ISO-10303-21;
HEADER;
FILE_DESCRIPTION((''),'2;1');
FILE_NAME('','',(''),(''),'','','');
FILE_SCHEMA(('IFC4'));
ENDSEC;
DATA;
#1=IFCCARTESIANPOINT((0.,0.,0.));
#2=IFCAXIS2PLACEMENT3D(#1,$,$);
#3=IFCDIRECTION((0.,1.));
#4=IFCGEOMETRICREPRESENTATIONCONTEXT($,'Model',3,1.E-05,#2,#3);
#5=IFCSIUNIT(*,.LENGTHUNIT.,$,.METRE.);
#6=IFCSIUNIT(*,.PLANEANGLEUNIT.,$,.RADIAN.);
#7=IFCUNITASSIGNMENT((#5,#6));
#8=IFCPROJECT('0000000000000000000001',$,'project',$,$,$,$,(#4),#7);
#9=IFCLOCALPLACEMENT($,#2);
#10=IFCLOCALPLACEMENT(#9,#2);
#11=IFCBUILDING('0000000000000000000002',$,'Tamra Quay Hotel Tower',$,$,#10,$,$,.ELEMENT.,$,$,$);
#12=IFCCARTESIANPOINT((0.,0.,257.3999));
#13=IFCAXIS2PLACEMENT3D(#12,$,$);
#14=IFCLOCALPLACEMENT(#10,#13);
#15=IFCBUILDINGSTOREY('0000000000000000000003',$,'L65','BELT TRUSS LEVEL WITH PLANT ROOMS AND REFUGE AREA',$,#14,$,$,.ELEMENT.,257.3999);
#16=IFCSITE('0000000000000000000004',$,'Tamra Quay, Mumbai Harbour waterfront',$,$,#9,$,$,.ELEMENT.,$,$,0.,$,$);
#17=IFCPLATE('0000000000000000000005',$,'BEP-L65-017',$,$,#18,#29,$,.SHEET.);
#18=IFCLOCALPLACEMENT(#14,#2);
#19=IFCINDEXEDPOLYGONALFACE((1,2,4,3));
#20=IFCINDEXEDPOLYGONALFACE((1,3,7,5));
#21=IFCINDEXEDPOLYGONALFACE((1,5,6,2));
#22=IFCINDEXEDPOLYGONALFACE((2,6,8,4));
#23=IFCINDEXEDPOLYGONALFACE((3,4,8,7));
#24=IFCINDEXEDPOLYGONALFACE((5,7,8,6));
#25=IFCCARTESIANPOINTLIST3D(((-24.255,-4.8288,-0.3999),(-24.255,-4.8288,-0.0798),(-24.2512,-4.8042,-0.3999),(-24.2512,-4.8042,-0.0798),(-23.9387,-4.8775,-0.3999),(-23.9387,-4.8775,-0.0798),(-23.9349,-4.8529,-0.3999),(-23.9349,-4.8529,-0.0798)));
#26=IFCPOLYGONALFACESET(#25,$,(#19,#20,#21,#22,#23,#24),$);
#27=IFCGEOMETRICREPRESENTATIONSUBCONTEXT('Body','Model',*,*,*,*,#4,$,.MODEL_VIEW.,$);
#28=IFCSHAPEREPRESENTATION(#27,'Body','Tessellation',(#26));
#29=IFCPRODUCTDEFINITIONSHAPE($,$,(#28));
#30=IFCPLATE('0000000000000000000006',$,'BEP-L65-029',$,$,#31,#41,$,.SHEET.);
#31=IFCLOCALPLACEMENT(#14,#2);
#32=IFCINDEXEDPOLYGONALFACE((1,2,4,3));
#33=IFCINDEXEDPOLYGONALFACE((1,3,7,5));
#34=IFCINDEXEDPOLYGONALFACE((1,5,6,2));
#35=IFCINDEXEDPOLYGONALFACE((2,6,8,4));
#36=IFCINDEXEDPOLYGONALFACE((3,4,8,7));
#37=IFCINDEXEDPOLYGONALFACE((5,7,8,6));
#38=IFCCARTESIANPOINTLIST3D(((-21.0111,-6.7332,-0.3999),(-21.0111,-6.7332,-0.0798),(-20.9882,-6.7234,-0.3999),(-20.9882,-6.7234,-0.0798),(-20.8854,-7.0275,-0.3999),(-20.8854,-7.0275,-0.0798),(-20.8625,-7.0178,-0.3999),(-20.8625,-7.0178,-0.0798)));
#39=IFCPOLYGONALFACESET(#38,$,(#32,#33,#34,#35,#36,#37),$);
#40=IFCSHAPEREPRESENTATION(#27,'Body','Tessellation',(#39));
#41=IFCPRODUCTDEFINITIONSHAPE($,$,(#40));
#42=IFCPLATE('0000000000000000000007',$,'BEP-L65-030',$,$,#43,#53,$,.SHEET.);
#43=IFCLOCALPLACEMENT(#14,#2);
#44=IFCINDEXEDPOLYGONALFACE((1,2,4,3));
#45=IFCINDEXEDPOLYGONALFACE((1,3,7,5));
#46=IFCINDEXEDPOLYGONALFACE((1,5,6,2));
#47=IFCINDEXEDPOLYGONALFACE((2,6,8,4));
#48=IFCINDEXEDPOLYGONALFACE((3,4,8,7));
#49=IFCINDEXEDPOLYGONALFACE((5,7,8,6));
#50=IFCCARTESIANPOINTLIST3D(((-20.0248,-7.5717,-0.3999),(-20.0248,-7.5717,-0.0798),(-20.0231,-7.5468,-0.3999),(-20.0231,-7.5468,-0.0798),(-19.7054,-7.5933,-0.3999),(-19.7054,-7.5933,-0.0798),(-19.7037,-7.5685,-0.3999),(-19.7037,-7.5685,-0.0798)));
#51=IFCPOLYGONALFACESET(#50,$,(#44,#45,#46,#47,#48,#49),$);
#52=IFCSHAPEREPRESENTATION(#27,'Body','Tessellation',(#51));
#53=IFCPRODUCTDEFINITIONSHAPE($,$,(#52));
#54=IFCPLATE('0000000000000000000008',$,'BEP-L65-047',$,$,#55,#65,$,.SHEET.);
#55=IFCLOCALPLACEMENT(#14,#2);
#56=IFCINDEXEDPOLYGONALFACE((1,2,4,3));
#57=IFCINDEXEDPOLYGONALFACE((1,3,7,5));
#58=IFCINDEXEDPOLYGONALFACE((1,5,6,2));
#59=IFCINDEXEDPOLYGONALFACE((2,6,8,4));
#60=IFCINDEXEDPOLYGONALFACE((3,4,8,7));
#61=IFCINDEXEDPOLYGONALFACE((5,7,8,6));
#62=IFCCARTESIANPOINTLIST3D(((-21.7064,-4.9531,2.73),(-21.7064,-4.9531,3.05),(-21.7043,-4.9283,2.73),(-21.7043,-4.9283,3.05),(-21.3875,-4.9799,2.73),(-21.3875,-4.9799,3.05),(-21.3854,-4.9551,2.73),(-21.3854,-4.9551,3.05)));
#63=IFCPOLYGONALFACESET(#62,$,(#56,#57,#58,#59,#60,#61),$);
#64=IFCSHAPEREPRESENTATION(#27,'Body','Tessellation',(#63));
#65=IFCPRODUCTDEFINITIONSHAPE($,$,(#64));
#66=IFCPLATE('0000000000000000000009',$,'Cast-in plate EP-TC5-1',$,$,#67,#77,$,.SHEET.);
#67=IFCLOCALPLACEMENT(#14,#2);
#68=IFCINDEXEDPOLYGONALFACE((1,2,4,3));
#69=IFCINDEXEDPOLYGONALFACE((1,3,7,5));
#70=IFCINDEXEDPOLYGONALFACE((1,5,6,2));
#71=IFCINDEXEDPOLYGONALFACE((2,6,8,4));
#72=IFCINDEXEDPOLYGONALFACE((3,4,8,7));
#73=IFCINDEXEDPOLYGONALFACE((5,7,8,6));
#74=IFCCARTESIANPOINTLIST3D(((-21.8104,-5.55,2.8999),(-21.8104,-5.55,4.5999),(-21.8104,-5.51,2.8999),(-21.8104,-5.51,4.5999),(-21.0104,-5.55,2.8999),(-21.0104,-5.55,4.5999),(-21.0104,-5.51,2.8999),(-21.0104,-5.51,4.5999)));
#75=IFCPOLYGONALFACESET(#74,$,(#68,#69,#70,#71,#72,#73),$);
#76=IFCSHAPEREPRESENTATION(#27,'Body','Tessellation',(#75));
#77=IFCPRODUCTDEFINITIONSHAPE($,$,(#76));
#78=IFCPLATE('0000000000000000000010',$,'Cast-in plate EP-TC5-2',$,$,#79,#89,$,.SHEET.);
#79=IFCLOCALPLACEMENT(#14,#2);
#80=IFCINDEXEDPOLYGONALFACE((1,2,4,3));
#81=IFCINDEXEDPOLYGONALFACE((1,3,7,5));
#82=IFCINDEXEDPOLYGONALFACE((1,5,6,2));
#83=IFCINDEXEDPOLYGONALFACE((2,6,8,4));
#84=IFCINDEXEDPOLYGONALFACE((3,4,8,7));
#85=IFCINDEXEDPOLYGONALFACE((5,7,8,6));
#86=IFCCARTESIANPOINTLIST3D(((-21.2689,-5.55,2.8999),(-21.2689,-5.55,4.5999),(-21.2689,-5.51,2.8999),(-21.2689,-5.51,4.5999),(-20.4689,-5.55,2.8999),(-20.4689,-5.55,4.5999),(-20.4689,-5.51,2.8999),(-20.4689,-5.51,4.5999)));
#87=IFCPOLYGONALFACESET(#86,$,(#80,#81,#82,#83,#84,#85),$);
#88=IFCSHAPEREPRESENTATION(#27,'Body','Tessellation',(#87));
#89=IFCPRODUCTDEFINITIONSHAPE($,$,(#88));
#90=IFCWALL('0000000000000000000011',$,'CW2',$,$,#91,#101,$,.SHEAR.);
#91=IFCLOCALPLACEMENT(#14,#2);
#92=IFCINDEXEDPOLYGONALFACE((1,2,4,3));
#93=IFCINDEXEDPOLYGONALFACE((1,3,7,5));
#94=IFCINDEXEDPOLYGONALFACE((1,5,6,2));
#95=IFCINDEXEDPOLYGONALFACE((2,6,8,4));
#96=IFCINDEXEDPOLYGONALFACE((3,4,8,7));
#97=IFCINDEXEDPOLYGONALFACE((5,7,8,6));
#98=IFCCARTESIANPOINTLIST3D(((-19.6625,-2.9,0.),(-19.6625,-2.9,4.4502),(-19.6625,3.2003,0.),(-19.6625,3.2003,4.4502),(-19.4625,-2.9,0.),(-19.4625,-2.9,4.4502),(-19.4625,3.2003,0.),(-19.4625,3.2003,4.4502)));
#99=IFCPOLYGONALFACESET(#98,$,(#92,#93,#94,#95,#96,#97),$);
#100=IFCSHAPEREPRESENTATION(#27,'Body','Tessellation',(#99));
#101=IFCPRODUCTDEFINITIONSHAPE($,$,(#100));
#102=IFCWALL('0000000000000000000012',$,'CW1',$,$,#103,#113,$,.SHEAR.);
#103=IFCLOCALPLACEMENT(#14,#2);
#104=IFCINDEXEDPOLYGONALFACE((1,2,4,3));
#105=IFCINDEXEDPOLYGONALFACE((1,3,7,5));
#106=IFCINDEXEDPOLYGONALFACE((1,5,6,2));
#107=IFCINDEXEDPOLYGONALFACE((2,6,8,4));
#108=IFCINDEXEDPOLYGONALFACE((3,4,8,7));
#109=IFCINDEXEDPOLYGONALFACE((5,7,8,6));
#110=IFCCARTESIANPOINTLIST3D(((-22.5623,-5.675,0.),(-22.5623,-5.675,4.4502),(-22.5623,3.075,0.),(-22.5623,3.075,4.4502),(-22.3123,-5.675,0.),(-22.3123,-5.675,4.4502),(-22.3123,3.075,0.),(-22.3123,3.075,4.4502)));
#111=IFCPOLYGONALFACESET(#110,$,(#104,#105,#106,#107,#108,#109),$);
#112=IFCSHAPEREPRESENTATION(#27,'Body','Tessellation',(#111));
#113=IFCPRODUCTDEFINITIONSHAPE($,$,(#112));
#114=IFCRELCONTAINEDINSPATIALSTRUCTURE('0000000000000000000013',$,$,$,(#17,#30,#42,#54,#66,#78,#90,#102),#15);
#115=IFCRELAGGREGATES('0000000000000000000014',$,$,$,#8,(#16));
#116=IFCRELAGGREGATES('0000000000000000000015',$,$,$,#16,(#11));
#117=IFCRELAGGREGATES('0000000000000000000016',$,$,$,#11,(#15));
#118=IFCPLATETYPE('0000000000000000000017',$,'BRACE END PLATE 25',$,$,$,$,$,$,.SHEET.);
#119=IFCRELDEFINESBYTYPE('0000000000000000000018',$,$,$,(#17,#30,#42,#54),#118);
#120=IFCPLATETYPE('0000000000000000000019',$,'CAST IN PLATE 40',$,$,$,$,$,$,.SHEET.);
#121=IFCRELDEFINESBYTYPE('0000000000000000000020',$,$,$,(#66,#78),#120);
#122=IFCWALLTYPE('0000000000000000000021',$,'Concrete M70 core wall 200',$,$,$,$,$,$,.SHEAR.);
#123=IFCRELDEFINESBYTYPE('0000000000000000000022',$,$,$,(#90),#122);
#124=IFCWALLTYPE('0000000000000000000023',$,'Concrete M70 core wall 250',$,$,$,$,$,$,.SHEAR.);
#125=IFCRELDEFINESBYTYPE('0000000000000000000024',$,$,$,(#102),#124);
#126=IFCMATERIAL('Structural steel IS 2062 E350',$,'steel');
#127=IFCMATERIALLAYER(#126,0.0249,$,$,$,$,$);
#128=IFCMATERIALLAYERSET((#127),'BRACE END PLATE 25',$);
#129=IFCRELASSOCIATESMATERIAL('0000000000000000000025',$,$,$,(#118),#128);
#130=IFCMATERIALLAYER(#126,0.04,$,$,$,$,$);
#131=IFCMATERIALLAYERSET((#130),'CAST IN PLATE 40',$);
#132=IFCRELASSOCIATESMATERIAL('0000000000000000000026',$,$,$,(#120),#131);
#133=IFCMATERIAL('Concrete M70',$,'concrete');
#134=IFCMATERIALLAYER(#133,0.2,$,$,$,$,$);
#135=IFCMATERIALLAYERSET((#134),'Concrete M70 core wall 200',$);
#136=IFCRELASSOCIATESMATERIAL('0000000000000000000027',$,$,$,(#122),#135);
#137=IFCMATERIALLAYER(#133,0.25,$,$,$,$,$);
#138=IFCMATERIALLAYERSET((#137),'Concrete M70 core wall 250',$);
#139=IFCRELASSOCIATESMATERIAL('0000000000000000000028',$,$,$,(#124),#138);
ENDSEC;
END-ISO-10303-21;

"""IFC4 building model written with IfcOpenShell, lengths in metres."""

from ifc_helpers import new_model, si_unit, direction, frame, frame_2d, origin, origin_2d, place, context, subcontext, project, spatial, rectangle, extrude, material, layer, layer_set, type_object, element, save


model = new_model("IFC4")

# Units and contexts
model_context = context("Model", 3, precision=1e-05, world=origin(), true_north=direction((0.0, 1.0)))
body_context = subcontext(model_context, "Body", "Model", "MODEL_VIEW")
ifc_project = project(units=[si_unit("LENGTHUNIT", "METRE"), si_unit("PLANEANGLEUNIT", "RADIAN")], contexts=[model_context])

# Site, building, storey
site_placement = place(None, origin())
site = spatial("IfcSite", under=ifc_project, at=site_placement, Name="Tamra Quay, Mumbai Harbour waterfront", CompositionType="ELEMENT", RefElevation=0.0)
building_placement = place(site_placement, origin())
building = spatial("IfcBuilding", under=site, at=building_placement, Name="Tamra Quay Hotel Tower", CompositionType="ELEMENT")
storey_placement = place(building_placement, frame((0.0, 0.0, 257.3999)))
storey = spatial("IfcBuildingStorey", under=building, at=storey_placement, Name="L65", Description="BELT TRUSS LEVEL WITH PLANT ROOMS AND REFUGE AREA", CompositionType="ELEMENT", Elevation=257.3999)

# Shared definitions
ifc_material_1 = material(Name="Concrete M70", Category="concrete")

# Shared definitions
ifc_material_2 = material(Name="Structural steel IS 2062 E350", Category="steel")

# Plates
ifc_layer_1 = layer(ifc_material_2, 0.0249)
ifc_layer_set_1 = layer_set([ifc_layer_1], Name="BRACE END PLATE 25")
plate_type_1 = type_object("IfcPlateType", Name="BRACE END PLATE 25", PredefinedType="SHEET", material=ifc_layer_set_1)
for number, where, z_axis, x_axis, name in (
    (1, (-24.095, -4.8408, -0.3999), (0.0, 0.0, 1.0), (0.15217, 0.988354, 0.0), "BEP-L65-017"),
    (2, (-20.9368, -6.8755, -0.3999), (0.0, 0.0, 1.0), (0.919617, 0.392815, 0.0), "BEP-L65-029"),
    (3, (-19.8643, -7.5701, -0.3999), (0.0, 0.0, 1.0), (0.067542, 0.997716, 0.0), "BEP-L65-030"),
    (4, (-21.5459, -4.9541, 2.73), (0.0, 0.0, 1.0), (0.083876, 0.996476, 0.0), "BEP-L65-047"),
):
    element("IfcPlate", number, at=place(storey_placement, frame(where, z_axis=z_axis, x_axis=x_axis)), inside=storey, type_object=plate_type_1, Name=name, PredefinedType="SHEET", context=body_context, shape_type="SweptSolid", body=[
        extrude(rectangle(XDim=0.0249, YDim=0.3201, at=origin_2d()), origin(), (0.0, 0.0, 1.0), 0.3201),
    ])
ifc_layer_2 = layer(ifc_material_2, 0.04)
ifc_layer_set_2 = layer_set([ifc_layer_2], Name="CAST IN PLATE 40")
plate_type_2 = type_object("IfcPlateType", Name="CAST IN PLATE 40", PredefinedType="SHEET", material=ifc_layer_set_2)
for number, where, z_axis, x_axis, name in (
    (5, (-21.4104, -5.53, 2.8999), (0.0, 0.0, 1.0), (0.0, 1.0, 0.0), "Cast-in plate EP-TC5-1"),
    (6, (-20.8689, -5.53, 2.8999), (0.0, 0.0, 1.0), (0.0, 1.0, 0.0), "Cast-in plate EP-TC5-2"),
):
    element("IfcPlate", number, at=place(storey_placement, frame(where, z_axis=z_axis, x_axis=x_axis)), inside=storey, type_object=plate_type_2, Name=name, PredefinedType="SHEET", context=body_context, shape_type="SweptSolid", body=[
        extrude(rectangle(XDim=0.04, YDim=0.8, at=origin_2d()), origin(), (0.0, 0.0, 1.0), 1.7),
    ])

# Walls
ifc_layer_3 = layer(ifc_material_1, 0.2)
ifc_layer_set_3 = layer_set([ifc_layer_3], Name="Concrete M70 core wall 200")
wall_type_1 = type_object("IfcWallType", Name="Concrete M70 core wall 200", PredefinedType="SHEAR", material=ifc_layer_set_3)
wall_1_placement = place(storey_placement, frame((-19.5625, -2.9001, 0.0), z_axis=(0.0, 0.0, 1.0), x_axis=(0.0, 1.0, 0.0)))
element("IfcWall", 7, at=wall_1_placement, inside=storey, type_object=wall_type_1, Name="CW2", PredefinedType="SHEAR", context=body_context, shape_type="SweptSolid", body=[
    extrude(rectangle(XDim=6.1003, YDim=0.2, at=frame_2d((3.0503, 0.0))), origin(), (0.0, 0.0, 1.0), 4.4502),
])
ifc_layer_4 = layer(ifc_material_1, 0.25)
ifc_layer_set_4 = layer_set([ifc_layer_4], Name="Concrete M70 core wall 250")
wall_type_2 = type_object("IfcWallType", Name="Concrete M70 core wall 250", PredefinedType="SHEAR", material=ifc_layer_set_4)
wall_2_placement = place(storey_placement, frame((-22.4373, -5.675, 0.0), z_axis=(0.0, 0.0, 1.0), x_axis=(0.0, 1.0, 0.0)))
element("IfcWall", 8, at=wall_2_placement, inside=storey, type_object=wall_type_2, Name="CW1", PredefinedType="SHEAR", context=body_context, shape_type="SweptSolid", body=[
    extrude(rectangle(XDim=8.75, YDim=0.25, at=frame_2d((4.375, 0.0))), origin(), (0.0, 0.0, 1.0), 4.4502),
])

save(model, "model.ifc")
